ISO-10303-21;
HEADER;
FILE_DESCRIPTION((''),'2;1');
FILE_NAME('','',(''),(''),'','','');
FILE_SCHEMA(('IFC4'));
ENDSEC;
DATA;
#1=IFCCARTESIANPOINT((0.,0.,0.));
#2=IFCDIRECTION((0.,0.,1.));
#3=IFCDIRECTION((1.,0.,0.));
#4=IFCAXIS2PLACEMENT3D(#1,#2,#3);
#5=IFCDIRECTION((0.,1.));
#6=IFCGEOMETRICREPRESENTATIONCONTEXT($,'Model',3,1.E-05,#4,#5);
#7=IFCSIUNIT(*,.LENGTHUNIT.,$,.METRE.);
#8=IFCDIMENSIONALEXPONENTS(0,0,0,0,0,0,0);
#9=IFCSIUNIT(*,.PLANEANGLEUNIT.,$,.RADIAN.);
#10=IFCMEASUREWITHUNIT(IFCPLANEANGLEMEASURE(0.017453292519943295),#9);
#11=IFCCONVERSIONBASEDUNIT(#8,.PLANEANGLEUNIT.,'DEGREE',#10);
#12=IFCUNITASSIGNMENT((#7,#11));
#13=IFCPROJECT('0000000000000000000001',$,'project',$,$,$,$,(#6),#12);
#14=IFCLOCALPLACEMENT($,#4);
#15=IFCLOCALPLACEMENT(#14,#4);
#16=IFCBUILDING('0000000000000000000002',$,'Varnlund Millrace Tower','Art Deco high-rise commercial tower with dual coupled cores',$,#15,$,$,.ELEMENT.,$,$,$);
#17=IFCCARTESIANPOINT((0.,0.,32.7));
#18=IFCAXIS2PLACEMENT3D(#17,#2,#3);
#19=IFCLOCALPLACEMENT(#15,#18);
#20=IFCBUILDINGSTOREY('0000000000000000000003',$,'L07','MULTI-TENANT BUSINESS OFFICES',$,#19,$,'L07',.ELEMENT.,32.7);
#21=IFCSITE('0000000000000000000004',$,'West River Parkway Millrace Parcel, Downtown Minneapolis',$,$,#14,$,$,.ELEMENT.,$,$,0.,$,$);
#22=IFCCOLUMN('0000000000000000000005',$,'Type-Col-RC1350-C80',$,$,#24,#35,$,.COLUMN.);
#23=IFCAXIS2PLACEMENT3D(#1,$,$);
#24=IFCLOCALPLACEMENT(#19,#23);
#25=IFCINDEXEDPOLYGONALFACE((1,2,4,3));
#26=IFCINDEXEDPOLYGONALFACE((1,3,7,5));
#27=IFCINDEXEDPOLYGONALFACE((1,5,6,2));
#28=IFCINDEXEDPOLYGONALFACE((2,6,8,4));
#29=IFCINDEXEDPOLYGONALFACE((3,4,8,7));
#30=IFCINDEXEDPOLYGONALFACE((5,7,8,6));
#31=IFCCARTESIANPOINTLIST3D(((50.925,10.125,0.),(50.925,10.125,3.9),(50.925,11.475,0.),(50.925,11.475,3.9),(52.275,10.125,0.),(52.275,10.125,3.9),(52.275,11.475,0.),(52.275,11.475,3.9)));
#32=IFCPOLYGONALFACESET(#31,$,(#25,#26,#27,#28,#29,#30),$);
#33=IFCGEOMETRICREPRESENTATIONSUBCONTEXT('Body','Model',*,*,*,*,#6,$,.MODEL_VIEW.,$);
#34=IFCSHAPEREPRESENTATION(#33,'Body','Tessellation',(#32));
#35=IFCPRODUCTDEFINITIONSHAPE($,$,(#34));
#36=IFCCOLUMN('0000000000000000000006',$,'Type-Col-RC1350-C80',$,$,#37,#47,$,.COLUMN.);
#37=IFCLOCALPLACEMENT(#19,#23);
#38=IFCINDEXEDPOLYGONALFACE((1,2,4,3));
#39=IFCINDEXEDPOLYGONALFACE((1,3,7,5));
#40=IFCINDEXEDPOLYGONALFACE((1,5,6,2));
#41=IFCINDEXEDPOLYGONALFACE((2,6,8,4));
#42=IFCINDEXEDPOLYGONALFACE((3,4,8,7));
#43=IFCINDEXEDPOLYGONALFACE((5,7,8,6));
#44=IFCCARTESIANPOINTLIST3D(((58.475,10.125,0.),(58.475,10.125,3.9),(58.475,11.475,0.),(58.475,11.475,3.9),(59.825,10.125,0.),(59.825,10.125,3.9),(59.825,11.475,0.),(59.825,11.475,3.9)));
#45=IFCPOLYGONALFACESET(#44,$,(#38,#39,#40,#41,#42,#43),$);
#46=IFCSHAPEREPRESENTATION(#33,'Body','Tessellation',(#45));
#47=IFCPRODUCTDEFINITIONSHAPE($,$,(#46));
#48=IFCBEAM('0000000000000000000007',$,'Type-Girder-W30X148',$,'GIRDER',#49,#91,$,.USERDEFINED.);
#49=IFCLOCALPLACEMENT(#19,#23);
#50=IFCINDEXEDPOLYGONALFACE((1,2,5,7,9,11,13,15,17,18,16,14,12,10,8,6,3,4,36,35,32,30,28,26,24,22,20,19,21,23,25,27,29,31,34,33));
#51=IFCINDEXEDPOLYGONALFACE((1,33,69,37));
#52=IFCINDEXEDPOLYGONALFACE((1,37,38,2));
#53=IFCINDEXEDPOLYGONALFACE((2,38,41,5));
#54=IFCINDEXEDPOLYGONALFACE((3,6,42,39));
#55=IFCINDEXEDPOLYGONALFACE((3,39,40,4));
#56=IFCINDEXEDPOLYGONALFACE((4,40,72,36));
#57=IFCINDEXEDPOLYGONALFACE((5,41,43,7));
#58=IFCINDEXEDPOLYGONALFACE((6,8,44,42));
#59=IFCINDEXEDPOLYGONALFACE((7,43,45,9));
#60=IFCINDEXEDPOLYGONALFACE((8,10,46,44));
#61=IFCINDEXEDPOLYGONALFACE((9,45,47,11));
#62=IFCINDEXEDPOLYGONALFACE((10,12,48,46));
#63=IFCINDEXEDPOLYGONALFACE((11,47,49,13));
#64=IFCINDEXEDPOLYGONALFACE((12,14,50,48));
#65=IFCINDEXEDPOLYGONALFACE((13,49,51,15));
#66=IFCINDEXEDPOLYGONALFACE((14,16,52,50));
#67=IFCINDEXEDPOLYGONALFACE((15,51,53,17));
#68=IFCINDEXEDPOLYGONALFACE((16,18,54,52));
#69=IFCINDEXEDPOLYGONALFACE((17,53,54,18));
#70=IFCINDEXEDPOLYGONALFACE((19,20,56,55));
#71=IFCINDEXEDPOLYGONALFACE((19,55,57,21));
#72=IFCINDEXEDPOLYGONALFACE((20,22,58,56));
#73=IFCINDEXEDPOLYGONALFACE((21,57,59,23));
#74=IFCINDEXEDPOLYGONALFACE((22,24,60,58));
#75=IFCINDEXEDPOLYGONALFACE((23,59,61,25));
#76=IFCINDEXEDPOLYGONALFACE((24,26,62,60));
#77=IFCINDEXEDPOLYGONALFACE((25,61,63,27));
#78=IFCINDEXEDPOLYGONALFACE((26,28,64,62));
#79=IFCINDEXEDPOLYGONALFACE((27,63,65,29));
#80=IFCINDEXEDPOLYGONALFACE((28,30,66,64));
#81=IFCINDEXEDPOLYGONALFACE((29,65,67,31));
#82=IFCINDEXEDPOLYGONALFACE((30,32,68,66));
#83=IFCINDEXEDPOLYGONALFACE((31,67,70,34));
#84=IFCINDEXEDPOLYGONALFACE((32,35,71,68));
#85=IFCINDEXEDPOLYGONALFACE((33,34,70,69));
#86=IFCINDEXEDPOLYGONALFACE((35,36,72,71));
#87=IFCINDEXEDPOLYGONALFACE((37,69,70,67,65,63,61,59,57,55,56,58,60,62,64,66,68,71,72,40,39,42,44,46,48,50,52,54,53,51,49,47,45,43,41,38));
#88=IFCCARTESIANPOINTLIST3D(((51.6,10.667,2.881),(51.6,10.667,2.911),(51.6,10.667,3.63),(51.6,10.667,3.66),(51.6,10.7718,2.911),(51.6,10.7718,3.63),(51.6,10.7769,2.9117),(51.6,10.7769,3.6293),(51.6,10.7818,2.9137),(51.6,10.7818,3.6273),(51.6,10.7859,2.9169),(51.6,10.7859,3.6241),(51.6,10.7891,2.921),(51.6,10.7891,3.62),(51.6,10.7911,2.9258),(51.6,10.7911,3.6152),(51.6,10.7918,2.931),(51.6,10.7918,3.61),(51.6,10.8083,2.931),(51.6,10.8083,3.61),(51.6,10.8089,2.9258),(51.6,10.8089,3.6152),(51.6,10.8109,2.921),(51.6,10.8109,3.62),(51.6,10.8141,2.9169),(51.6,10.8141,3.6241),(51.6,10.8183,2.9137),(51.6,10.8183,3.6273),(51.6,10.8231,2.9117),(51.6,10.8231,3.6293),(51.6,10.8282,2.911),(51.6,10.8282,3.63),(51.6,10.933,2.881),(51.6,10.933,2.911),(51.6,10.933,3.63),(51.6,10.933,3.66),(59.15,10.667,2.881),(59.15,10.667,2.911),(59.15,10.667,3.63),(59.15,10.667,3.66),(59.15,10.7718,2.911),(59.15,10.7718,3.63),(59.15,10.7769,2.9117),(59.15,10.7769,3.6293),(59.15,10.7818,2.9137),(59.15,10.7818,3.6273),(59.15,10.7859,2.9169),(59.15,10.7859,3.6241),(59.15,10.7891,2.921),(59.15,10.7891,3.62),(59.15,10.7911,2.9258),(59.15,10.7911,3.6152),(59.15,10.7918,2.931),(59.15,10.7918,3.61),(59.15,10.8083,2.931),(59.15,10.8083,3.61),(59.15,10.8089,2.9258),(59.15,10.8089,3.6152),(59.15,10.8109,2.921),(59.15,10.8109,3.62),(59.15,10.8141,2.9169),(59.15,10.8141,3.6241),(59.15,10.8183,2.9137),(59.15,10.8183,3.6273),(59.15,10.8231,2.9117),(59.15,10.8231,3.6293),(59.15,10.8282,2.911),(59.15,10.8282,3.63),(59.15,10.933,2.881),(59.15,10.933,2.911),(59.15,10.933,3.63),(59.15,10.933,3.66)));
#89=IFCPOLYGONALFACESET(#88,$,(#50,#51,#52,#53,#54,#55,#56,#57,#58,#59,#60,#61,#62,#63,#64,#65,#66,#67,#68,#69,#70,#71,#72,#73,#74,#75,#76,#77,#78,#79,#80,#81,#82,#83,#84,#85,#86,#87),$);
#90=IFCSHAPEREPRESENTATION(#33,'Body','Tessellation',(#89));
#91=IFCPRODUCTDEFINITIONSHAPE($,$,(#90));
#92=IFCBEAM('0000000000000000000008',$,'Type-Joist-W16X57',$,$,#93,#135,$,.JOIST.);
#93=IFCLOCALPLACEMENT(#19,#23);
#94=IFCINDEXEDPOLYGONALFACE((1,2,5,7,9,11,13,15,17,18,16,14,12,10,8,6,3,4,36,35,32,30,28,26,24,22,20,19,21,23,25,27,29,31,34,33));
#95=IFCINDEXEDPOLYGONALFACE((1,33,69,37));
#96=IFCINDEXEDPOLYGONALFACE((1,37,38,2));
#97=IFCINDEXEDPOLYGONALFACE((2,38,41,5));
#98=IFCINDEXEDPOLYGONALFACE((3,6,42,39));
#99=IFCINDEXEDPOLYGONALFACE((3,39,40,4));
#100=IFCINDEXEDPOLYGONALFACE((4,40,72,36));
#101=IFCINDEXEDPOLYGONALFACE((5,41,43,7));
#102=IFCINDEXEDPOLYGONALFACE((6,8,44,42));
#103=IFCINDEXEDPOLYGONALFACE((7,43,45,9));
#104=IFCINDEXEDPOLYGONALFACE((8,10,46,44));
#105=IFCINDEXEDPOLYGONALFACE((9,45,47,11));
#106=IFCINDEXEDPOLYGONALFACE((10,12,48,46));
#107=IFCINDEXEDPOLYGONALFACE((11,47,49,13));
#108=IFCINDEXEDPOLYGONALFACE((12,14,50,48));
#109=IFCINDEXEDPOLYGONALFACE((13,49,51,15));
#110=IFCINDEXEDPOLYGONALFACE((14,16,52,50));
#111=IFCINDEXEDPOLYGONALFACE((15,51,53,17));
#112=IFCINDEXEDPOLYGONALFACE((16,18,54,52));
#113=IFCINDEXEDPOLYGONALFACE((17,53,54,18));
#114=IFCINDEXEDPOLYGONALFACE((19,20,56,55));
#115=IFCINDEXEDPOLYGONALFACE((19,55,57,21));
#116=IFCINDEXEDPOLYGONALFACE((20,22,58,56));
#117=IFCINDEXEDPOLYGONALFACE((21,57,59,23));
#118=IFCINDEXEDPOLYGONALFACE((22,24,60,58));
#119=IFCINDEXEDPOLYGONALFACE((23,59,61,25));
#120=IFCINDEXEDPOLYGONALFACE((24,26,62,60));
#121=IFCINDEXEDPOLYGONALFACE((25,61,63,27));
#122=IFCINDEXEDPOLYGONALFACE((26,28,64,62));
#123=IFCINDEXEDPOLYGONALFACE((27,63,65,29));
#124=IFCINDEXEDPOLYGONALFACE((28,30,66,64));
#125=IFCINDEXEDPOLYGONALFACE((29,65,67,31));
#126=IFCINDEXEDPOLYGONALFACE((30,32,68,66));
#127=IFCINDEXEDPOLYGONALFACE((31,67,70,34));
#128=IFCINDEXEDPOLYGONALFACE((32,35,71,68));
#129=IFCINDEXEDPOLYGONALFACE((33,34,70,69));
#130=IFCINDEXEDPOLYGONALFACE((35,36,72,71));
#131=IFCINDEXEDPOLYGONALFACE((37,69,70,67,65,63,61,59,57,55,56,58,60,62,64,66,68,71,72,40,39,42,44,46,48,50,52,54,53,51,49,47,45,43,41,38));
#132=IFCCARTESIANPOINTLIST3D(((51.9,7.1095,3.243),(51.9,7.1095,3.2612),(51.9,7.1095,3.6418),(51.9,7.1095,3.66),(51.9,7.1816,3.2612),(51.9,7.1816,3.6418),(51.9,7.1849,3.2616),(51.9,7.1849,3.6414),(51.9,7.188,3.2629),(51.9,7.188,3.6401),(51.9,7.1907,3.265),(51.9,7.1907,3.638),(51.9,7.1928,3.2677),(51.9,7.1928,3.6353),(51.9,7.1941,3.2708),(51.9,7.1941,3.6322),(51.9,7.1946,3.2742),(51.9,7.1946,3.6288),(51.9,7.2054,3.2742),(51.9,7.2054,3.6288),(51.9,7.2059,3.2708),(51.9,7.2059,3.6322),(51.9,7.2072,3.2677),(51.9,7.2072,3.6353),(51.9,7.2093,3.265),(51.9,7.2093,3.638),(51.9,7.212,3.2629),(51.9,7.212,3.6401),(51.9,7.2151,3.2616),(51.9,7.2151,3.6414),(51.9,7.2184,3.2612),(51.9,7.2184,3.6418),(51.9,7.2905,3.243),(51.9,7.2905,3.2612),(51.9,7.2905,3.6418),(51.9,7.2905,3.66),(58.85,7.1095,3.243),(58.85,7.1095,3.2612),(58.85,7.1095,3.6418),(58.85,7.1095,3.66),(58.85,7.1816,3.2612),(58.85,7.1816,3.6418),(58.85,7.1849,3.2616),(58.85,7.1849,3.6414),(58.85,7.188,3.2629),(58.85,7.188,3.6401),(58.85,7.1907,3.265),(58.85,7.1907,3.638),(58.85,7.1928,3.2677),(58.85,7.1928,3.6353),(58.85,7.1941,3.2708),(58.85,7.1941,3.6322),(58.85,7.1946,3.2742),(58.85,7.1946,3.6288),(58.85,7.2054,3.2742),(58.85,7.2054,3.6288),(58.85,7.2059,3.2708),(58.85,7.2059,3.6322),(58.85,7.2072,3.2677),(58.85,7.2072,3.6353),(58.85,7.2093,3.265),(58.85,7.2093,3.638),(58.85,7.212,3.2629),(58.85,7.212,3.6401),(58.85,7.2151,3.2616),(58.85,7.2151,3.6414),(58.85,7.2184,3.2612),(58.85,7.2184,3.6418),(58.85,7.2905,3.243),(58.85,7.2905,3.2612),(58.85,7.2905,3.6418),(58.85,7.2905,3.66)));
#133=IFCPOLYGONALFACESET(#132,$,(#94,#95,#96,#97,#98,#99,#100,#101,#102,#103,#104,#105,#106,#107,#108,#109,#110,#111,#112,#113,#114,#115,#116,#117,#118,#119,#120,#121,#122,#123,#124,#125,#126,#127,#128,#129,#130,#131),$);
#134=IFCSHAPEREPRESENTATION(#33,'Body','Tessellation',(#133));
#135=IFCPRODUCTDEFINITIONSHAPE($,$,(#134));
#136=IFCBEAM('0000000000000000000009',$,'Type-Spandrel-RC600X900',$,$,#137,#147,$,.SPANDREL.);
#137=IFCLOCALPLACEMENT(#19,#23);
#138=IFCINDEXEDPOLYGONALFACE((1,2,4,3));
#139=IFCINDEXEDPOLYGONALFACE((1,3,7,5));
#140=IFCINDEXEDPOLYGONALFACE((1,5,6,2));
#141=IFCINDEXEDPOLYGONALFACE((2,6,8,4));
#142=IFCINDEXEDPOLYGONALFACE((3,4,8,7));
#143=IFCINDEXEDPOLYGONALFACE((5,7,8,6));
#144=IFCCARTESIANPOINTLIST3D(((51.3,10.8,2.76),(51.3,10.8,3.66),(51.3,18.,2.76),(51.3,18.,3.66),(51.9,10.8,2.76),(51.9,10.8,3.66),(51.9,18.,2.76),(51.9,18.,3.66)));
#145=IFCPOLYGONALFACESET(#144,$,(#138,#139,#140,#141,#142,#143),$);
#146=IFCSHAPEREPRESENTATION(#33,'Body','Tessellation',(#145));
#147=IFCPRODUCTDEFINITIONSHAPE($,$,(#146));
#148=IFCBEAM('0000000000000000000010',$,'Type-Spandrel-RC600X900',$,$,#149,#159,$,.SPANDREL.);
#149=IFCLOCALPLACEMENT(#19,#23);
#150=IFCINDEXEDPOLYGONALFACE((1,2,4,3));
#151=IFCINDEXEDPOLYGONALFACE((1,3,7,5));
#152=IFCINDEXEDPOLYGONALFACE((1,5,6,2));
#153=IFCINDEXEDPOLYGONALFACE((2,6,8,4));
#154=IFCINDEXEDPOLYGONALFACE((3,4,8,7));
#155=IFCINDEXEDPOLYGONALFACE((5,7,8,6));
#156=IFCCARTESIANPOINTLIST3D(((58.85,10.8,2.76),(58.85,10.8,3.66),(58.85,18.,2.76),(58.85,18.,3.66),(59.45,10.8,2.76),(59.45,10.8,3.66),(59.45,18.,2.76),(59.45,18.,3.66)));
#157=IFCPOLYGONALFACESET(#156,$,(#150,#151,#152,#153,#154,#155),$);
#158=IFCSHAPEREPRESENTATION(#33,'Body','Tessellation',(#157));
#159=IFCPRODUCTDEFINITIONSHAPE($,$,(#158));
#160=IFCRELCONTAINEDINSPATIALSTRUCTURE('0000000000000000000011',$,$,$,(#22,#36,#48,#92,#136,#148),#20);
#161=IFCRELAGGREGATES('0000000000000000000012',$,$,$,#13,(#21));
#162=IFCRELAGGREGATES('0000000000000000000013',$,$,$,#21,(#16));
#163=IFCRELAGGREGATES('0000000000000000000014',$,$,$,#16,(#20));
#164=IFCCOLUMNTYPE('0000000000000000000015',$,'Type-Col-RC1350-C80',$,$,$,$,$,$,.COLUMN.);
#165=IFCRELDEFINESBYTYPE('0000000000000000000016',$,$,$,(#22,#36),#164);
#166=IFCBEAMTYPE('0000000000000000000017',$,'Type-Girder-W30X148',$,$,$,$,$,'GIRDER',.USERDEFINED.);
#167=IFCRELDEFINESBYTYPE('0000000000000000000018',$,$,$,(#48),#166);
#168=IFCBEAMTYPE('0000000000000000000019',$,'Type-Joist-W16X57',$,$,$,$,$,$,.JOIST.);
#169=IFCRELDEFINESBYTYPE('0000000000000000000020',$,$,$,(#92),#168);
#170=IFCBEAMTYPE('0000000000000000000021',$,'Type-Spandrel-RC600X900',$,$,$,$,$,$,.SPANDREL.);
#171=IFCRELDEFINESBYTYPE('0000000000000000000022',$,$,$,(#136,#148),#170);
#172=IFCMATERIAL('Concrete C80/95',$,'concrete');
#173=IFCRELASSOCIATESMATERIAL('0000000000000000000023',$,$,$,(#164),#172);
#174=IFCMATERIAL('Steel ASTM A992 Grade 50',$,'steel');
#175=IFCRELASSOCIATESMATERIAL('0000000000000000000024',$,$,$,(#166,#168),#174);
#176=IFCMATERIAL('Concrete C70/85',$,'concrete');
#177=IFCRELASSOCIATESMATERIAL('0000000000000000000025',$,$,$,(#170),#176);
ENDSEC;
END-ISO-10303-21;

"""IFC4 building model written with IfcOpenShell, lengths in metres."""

from ifc_helpers import new_model, entity, si_unit, converted_unit, direction, frame, origin_with_axes, origin_2d_with_axis, place, context, subcontext, project, spatial, rectangle, i_section, extrude, material, material_profile, profile_set, type_object, element, save


model = new_model("IFC4")

# Units and contexts
model_context = context("Model", 3, precision=1e-05, world=origin_with_axes(), true_north=direction((0.0, 1.0)))
body_context = subcontext(model_context, "Body", "Model", "MODEL_VIEW")
ifc_project = project(units=[si_unit("LENGTHUNIT", "METRE"), converted_unit("PLANEANGLEUNIT", "DEGREE", entity("IfcPlaneAngleMeasure", 0.017453292519943295), si_unit("PLANEANGLEUNIT", "RADIAN"), dimensions=[0, 0, 0, 0, 0, 0, 0])], contexts=[model_context])

# Site, building, storey
site_placement = place(None, origin_with_axes())
site = spatial("IfcSite", under=ifc_project, at=site_placement, Name="West River Parkway Millrace Parcel, Downtown Minneapolis", CompositionType="ELEMENT", RefElevation=0.0)
building_placement = place(site_placement, origin_with_axes())
building = spatial("IfcBuilding", under=site, at=building_placement, Name="Varnlund Millrace Tower", Description="Art Deco high-rise commercial tower with dual coupled cores", CompositionType="ELEMENT")
storey_placement = place(building_placement, frame((0.0, 0.0, 32.7), z_axis=(0.0, 0.0, 1.0), x_axis=(1.0, 0.0, 0.0)))
storey = spatial("IfcBuildingStorey", under=building, at=storey_placement, Name="L07", Description="MULTI-TENANT BUSINESS OFFICES", LongName="L07", CompositionType="ELEMENT", Elevation=32.7)

# Columns
ifc_material_1 = material(Name="Concrete C80/95", Category="concrete")
ifc_material_profile_1 = material_profile(ifc_material_1, rectangle(XDim=1.35, YDim=1.35, at=origin_2d_with_axis()), Name="Concrete C80/95")
ifc_profile_set_1 = profile_set([ifc_material_profile_1], Name="Concrete C80/95")
column_type = type_object("IfcColumnType", Name="Type-Col-RC1350-C80", PredefinedType="COLUMN", material=ifc_profile_set_1)
for number, where, z_axis, x_axis, name in (
    (1, (51.6, 10.8, 0.0), (0.0, 0.0, 1.0), (1.0, 0.0, 0.0), "Type-Col-RC1350-C80"),
    (2, (59.15, 10.8, 0.0), (0.0, 0.0, 1.0), (1.0, 0.0, 0.0), "Type-Col-RC1350-C80"),
):
    element("IfcColumn", number, at=place(storey_placement, frame(where, z_axis=z_axis, x_axis=x_axis)), inside=storey, type_object=column_type, Name=name, PredefinedType="COLUMN", context=body_context, shape_type="SweptSolid", body=[
        extrude(rectangle(XDim=1.35, YDim=1.35, at=origin_2d_with_axis()), origin_with_axes(), (0.0, 0.0, 1.0), 3.9),
    ])

# Beams
ifc_material_2 = material(Name="Steel ASTM A992 Grade 50", Category="steel")
ifc_material_profile_2 = material_profile(ifc_material_2, i_section(OverallWidth=0.266, OverallDepth=0.779, WebThickness=0.0165, FlangeThickness=0.03, FilletRadius=0.02, at=origin_2d_with_axis()), Name="Steel ASTM A992 Grade 50")
ifc_profile_set_2 = profile_set([ifc_material_profile_2], Name="Steel ASTM A992 Grade 50")
beam_type_1 = type_object("IfcBeamType", Name="Type-Girder-W30X148", ElementType="GIRDER", PredefinedType="USERDEFINED", material=ifc_profile_set_2)
beam_1_placement = place(storey_placement, frame((51.6, 10.8, 3.2705), z_axis=(1.0, 0.0, 0.0), x_axis=(0.0, 1.0, 0.0)))
element("IfcBeam", 3, at=beam_1_placement, inside=storey, type_object=beam_type_1, Name="Type-Girder-W30X148", ObjectType="GIRDER", PredefinedType="USERDEFINED", context=body_context, shape_type="SweptSolid", body=[
    extrude(i_section(OverallWidth=0.266, OverallDepth=0.779, WebThickness=0.0165, FlangeThickness=0.03, FilletRadius=0.02, at=origin_2d_with_axis()), origin_with_axes(), (0.0, 0.0, 1.0), 7.55),
])
ifc_material_profile_3 = material_profile(ifc_material_2, i_section(OverallWidth=0.181, OverallDepth=0.417, WebThickness=0.0109, FlangeThickness=0.0182, FilletRadius=0.013, at=origin_2d_with_axis()), Name="Steel ASTM A992 Grade 50")
ifc_profile_set_3 = profile_set([ifc_material_profile_3], Name="Steel ASTM A992 Grade 50")
beam_type_2 = type_object("IfcBeamType", Name="Type-Joist-W16X57", PredefinedType="JOIST", material=ifc_profile_set_3)
beam_2_placement = place(storey_placement, frame((51.9, 7.2, 3.4515), z_axis=(1.0, 0.0, 0.0), x_axis=(0.0, 1.0, 0.0)))
element("IfcBeam", 4, at=beam_2_placement, inside=storey, type_object=beam_type_2, Name="Type-Joist-W16X57", PredefinedType="JOIST", context=body_context, shape_type="SweptSolid", body=[
    extrude(i_section(OverallWidth=0.181, OverallDepth=0.417, WebThickness=0.0109, FlangeThickness=0.0182, FilletRadius=0.013, at=origin_2d_with_axis()), origin_with_axes(), (0.0, 0.0, 1.0), 6.95),
])
ifc_material_3 = material(Name="Concrete C70/85", Category="concrete")
ifc_material_profile_4 = material_profile(ifc_material_3, rectangle(XDim=0.6, YDim=0.9, at=origin_2d_with_axis()), Name="Concrete C70/85")
ifc_profile_set_4 = profile_set([ifc_material_profile_4], Name="Concrete C70/85")
beam_type_3 = type_object("IfcBeamType", Name="Type-Spandrel-RC600X900", PredefinedType="SPANDREL", material=ifc_profile_set_4)
for number, where, z_axis, x_axis, name in (
    (5, (51.6, 10.8, 3.21), (0.0, 1.0, 0.0), (-1.0, 0.0, 0.0), "Type-Spandrel-RC600X900"),
    (6, (59.15, 10.8, 3.21), (0.0, 1.0, 0.0), (-1.0, 0.0, 0.0), "Type-Spandrel-RC600X900"),
):
    element("IfcBeam", number, at=place(storey_placement, frame(where, z_axis=z_axis, x_axis=x_axis)), inside=storey, type_object=beam_type_3, Name=name, PredefinedType="SPANDREL", context=body_context, shape_type="SweptSolid", body=[
        extrude(rectangle(XDim=0.6, YDim=0.9, at=origin_2d_with_axis()), origin_with_axes(), (0.0, 0.0, 1.0), 7.2),
    ])

save(model, "model.ifc")
